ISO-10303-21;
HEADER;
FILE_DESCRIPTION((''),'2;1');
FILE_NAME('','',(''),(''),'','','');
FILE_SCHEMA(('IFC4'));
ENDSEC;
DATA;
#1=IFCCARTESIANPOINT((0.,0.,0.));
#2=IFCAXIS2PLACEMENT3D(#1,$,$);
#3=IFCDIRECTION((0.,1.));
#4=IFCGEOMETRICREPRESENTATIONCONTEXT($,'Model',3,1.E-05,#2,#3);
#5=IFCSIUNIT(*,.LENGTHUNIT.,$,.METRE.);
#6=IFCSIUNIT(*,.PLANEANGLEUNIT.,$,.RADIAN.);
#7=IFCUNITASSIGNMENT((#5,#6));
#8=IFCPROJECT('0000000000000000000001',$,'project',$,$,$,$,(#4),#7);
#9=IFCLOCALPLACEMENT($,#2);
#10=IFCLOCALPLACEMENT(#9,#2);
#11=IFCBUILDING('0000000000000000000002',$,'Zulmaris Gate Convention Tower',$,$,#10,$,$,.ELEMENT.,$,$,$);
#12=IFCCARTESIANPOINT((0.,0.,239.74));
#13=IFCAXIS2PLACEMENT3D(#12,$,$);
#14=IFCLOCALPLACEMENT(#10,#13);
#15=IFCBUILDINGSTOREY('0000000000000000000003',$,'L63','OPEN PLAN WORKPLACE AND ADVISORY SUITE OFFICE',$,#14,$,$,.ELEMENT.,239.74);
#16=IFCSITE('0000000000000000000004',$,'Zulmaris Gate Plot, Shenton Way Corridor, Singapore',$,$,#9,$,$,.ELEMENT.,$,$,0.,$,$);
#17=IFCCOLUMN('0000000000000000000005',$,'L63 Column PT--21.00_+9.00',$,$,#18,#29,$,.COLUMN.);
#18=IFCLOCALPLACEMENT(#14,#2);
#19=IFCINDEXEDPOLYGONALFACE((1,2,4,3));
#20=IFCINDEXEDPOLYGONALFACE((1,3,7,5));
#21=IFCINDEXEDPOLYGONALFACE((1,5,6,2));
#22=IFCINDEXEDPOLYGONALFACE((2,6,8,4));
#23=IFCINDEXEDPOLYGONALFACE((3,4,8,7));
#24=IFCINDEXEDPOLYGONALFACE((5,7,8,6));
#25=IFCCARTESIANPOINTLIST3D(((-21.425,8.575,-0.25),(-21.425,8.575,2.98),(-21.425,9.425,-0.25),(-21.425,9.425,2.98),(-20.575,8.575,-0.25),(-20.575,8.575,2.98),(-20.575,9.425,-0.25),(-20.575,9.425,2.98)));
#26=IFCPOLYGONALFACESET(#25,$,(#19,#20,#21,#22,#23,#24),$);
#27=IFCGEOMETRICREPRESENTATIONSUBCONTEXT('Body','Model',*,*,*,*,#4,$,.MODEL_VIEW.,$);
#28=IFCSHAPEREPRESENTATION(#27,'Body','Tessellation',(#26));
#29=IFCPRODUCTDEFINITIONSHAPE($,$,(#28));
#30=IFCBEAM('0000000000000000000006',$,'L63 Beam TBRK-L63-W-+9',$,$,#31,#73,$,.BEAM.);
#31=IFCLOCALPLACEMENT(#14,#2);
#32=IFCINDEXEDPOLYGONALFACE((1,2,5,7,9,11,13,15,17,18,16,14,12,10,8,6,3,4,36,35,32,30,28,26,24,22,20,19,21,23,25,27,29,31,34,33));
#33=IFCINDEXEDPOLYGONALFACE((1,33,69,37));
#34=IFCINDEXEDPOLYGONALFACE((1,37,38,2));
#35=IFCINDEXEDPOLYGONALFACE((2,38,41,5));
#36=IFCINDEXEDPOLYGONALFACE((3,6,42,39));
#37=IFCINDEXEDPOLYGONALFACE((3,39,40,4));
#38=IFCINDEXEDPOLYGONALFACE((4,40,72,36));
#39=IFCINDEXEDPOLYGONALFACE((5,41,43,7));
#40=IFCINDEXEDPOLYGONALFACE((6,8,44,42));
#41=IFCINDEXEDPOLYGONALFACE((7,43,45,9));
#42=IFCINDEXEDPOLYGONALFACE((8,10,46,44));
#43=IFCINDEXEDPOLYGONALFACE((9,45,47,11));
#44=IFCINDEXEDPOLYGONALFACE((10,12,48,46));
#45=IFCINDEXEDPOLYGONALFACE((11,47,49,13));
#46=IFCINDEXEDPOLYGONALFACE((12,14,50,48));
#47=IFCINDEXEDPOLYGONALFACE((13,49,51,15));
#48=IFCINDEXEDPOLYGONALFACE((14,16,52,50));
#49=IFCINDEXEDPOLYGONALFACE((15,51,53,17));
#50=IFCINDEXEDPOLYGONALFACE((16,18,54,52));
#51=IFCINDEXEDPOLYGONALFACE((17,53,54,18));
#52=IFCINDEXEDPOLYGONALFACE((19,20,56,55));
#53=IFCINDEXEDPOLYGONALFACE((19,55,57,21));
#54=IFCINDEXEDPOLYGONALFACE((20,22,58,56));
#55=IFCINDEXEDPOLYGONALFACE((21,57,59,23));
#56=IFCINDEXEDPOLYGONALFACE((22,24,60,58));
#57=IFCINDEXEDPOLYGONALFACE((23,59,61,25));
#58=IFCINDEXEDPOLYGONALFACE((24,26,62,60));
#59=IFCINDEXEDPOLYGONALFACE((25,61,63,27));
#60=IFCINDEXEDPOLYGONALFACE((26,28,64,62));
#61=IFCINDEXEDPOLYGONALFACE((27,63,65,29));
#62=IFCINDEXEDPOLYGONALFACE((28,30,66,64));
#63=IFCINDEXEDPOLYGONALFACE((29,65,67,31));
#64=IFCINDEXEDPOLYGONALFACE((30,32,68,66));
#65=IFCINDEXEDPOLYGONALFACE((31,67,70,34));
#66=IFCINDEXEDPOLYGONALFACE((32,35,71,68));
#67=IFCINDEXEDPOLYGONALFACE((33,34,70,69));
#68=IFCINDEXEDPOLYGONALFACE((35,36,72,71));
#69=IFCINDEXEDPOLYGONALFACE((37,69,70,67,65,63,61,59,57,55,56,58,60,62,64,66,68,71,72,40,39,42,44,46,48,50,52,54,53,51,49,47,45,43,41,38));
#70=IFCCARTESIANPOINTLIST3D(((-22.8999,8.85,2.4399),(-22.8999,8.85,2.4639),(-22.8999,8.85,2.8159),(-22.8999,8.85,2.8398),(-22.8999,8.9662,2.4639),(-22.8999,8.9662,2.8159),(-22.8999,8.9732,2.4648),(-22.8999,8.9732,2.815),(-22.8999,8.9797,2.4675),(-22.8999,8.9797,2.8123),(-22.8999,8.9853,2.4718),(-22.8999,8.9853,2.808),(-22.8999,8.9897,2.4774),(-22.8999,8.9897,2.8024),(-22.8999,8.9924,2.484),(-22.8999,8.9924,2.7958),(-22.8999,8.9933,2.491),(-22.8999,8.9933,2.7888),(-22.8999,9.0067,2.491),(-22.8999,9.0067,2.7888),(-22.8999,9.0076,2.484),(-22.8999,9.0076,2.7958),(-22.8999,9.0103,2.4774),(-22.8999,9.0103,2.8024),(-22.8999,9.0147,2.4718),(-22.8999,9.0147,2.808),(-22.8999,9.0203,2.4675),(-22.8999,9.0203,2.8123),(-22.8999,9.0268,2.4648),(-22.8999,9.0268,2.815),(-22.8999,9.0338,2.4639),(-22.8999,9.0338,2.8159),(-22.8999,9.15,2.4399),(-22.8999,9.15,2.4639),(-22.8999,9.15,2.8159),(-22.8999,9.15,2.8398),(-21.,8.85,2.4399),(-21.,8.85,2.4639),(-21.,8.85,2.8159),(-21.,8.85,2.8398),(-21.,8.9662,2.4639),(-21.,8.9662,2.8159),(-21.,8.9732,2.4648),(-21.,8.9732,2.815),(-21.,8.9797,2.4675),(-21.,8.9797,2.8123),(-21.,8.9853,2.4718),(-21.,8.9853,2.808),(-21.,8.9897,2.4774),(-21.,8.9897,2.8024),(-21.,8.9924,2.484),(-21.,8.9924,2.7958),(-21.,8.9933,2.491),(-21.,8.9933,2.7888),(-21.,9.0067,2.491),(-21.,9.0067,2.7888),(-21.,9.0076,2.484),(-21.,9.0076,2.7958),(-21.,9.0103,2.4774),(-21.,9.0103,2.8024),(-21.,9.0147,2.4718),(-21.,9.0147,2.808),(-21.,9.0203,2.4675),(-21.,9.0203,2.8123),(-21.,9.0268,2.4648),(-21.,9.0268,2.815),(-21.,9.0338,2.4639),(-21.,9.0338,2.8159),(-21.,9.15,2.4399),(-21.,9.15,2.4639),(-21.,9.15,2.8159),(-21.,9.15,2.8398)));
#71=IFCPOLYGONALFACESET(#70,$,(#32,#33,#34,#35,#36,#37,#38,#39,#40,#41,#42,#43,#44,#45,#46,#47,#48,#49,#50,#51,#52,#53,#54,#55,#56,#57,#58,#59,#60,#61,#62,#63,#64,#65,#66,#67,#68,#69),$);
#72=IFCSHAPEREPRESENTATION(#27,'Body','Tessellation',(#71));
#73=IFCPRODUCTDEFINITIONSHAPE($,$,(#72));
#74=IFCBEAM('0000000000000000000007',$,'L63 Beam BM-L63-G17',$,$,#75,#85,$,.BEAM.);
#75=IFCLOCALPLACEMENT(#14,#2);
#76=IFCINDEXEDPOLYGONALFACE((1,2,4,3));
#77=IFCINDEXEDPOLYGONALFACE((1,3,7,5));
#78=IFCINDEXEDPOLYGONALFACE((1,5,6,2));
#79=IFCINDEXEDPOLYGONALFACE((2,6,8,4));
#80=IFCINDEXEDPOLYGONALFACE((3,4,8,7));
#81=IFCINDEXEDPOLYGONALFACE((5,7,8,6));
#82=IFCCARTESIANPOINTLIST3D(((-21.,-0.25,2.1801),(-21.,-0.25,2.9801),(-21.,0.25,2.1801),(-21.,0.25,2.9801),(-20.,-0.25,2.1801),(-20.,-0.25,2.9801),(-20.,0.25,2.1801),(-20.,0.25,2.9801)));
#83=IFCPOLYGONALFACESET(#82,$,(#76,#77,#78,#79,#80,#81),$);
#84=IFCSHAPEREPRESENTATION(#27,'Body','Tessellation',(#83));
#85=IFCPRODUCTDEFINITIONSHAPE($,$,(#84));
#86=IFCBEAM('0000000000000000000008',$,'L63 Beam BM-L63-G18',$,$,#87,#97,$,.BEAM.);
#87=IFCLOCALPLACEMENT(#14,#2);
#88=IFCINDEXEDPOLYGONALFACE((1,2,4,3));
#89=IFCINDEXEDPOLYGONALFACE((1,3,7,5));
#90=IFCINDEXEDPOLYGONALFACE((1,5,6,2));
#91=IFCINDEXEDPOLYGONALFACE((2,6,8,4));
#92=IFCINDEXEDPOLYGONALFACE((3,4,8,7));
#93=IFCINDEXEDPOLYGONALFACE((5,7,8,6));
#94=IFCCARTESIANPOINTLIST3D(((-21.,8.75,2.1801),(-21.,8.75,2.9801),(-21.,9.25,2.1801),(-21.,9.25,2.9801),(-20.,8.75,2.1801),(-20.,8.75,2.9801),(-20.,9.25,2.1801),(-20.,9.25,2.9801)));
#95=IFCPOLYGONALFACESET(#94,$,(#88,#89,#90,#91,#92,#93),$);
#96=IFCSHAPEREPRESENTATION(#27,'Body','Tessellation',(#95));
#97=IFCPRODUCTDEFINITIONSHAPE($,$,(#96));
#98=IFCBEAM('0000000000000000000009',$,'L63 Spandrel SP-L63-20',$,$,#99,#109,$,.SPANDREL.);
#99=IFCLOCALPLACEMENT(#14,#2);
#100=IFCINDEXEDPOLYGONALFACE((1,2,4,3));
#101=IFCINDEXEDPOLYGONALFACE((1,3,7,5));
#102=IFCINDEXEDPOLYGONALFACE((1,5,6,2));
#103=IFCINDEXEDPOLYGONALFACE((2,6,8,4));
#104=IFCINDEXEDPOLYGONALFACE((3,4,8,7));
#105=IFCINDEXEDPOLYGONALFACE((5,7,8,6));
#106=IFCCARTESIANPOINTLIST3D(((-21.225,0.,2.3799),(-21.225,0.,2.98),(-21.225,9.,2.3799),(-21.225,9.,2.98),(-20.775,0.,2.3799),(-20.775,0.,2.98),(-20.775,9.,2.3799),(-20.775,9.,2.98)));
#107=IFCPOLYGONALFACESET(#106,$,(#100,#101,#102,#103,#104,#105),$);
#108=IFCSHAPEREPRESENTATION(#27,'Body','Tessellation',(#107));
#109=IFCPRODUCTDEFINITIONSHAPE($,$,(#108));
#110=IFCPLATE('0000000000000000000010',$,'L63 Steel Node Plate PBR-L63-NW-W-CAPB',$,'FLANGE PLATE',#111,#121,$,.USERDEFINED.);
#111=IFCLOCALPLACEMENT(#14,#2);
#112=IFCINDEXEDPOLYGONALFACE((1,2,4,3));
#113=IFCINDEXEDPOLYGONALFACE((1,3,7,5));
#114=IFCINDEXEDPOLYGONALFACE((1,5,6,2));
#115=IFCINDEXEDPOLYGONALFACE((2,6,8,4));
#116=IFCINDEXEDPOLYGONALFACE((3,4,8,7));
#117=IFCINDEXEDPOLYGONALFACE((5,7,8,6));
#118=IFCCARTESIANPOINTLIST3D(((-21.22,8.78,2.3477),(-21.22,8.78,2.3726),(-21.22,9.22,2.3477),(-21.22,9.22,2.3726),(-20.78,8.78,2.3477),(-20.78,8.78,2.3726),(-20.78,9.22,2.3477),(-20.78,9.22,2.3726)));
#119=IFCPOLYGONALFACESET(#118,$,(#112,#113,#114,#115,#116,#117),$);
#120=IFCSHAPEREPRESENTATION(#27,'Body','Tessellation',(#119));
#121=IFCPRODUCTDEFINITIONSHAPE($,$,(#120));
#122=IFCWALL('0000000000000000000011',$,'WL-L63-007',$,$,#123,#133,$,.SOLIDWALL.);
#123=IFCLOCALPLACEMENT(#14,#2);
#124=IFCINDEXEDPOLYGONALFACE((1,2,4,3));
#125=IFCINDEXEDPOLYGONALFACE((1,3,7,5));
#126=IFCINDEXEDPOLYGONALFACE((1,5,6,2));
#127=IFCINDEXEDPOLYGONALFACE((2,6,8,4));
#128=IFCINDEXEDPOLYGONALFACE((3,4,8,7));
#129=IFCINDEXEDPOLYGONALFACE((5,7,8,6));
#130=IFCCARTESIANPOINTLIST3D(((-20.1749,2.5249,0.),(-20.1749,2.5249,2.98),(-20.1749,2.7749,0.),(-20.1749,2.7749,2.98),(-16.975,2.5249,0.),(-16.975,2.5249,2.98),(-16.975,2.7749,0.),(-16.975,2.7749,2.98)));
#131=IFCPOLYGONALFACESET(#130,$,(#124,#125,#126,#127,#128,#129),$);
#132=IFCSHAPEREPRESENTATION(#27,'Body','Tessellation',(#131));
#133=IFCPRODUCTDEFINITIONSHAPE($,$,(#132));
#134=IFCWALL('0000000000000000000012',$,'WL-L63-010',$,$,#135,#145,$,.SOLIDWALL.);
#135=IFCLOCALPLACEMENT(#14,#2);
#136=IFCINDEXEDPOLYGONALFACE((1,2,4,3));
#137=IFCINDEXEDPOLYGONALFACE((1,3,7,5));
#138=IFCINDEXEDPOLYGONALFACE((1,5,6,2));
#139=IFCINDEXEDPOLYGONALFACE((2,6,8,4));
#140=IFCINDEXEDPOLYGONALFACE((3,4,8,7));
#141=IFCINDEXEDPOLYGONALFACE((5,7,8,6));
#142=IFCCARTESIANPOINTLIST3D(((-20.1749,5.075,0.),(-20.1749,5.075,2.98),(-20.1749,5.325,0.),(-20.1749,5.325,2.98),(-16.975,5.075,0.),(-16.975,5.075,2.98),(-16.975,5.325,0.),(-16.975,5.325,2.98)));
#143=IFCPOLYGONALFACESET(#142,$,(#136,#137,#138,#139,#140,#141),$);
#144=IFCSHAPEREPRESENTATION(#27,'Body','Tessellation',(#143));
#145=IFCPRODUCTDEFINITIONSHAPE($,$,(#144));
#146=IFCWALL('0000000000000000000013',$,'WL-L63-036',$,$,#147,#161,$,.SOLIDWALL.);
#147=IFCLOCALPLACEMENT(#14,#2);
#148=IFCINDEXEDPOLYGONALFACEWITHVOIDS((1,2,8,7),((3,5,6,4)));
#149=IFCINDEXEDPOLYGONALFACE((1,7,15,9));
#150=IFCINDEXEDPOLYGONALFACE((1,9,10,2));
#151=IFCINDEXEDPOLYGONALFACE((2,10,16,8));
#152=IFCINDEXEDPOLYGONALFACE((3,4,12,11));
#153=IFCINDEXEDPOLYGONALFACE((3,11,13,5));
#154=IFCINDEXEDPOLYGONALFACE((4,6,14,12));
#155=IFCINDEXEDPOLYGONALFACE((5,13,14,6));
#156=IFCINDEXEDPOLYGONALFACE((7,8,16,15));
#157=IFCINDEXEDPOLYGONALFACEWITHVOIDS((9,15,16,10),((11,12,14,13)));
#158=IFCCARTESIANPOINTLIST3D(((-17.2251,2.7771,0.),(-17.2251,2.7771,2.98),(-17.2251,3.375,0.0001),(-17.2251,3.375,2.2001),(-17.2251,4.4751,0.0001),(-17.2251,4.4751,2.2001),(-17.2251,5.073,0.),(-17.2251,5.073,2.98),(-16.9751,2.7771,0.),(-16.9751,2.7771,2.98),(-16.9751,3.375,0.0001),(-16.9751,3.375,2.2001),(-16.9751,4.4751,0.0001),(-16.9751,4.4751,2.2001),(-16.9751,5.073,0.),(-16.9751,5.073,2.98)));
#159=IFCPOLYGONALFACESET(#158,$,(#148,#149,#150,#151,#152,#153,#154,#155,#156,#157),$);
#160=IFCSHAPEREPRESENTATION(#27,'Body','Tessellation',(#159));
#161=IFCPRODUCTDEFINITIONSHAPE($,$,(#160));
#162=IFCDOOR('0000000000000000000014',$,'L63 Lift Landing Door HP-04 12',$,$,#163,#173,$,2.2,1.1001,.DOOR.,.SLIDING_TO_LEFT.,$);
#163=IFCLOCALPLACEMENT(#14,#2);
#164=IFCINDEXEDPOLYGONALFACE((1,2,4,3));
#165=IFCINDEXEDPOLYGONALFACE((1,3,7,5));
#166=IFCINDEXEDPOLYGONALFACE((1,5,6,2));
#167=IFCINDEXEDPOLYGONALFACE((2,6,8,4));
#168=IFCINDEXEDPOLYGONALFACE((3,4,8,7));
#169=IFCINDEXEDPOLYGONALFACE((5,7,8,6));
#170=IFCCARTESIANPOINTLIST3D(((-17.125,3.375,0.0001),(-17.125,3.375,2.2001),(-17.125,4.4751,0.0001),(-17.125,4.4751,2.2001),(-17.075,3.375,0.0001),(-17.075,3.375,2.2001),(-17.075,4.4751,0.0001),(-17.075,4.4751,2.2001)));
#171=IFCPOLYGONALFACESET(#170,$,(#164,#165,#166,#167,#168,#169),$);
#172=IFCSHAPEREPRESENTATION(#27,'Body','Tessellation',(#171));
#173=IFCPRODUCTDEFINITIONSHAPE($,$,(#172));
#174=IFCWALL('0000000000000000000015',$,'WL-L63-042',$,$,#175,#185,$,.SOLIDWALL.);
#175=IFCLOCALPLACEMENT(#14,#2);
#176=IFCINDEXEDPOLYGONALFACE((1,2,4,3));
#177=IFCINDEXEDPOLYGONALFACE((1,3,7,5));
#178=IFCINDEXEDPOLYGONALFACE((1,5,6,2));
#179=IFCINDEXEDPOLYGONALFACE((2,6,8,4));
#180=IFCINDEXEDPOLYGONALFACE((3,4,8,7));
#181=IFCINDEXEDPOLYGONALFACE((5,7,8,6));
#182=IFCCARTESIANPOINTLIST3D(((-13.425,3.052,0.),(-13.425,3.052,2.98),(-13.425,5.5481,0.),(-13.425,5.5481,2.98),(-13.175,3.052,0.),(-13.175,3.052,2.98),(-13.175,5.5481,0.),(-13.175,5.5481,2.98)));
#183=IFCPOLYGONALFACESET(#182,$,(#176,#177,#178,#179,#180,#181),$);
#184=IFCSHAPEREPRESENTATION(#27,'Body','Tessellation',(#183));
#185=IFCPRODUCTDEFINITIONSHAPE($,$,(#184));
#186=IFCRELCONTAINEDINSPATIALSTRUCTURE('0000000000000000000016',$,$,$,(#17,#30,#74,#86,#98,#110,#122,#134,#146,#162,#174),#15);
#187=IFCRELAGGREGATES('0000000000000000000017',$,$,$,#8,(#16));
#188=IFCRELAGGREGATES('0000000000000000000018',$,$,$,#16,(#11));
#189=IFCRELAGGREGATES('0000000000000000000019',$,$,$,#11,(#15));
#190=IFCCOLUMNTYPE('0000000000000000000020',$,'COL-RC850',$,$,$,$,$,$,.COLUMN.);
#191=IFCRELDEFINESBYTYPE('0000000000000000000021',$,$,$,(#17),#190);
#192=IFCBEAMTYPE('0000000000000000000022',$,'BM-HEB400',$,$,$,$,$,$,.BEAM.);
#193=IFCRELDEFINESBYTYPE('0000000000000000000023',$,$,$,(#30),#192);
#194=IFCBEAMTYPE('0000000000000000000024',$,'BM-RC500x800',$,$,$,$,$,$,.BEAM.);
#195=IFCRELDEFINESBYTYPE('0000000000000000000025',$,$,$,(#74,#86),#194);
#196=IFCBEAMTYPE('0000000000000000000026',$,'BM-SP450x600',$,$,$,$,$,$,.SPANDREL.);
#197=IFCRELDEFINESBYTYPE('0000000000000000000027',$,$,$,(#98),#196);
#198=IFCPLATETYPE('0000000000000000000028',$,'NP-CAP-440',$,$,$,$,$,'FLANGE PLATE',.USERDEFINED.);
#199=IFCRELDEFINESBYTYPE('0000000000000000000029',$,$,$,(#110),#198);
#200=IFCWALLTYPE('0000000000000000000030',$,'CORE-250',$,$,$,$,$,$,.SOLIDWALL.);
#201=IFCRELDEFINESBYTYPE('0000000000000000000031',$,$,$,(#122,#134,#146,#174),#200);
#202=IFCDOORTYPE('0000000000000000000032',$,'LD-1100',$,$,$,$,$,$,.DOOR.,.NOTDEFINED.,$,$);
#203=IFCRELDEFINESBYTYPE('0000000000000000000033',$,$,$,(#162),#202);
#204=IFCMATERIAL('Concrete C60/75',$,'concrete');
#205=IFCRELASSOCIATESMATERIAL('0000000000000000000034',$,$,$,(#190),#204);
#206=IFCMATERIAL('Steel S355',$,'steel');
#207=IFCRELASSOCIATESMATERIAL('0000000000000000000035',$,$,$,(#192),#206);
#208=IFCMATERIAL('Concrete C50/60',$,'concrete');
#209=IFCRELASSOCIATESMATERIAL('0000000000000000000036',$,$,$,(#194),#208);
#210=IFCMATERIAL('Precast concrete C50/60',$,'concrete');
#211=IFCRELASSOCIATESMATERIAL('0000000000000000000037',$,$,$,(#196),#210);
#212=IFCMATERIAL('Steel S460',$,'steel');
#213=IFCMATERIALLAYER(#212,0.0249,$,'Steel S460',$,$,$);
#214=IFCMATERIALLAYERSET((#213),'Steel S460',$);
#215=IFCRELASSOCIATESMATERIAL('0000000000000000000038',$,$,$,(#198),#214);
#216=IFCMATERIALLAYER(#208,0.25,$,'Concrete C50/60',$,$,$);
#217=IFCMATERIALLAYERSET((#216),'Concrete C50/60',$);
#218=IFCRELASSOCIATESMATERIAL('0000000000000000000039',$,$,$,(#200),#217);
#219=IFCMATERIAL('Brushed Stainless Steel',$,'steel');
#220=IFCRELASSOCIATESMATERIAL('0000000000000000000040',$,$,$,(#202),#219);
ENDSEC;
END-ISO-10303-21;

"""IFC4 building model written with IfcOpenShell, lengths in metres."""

from ifc_helpers import new_model, si_unit, direction, frame, frame_2d, origin, origin_2d, place, context, subcontext, project, spatial, rectangle, i_section, extrude, material, layer, layer_set, material_profile, profile_set, type_object, element, fill, save


model = new_model("IFC4")

# Units and contexts
model_context = context("Model", 3, precision=1e-05, world=origin(), true_north=direction((0.0, 1.0)))
body_context = subcontext(model_context, "Body", "Model", "MODEL_VIEW")
ifc_project = project(units=[si_unit("LENGTHUNIT", "METRE"), si_unit("PLANEANGLEUNIT", "RADIAN")], contexts=[model_context])

# Site, building, storey
site_placement = place(None, origin())
site = spatial("IfcSite", under=ifc_project, at=site_placement, Name="Zulmaris Gate Plot, Shenton Way Corridor, Singapore", CompositionType="ELEMENT", RefElevation=0.0)
building_placement = place(site_placement, origin())
building = spatial("IfcBuilding", under=site, at=building_placement, Name="Zulmaris Gate Convention Tower", CompositionType="ELEMENT")
storey_placement = place(building_placement, frame((0.0, 0.0, 239.74)))
storey = spatial("IfcBuildingStorey", under=building, at=storey_placement, Name="L63", Description="OPEN PLAN WORKPLACE AND ADVISORY SUITE OFFICE", CompositionType="ELEMENT", Elevation=239.74)

# Column
ifc_material_1 = material(Name="Concrete C60/75", Category="concrete")
ifc_material_profile_1 = material_profile(ifc_material_1, rectangle(XDim=0.8501, YDim=0.8501, at=origin_2d()), Name="RC COL 850x850")
ifc_profile_set_1 = profile_set([ifc_material_profile_1], Name="Concrete C60/75")
column_type = type_object("IfcColumnType", Name="COL-RC850", PredefinedType="COLUMN", material=ifc_profile_set_1)
column_placement = place(storey_placement, frame((-21.0, 9.0, -0.25), z_axis=(0.0, 0.0, 1.0), x_axis=(1.0, 0.0, 0.0)))
element("IfcColumn", 1, at=column_placement, inside=storey, type_object=column_type, Name="L63 Column PT--21.00_+9.00", PredefinedType="COLUMN", context=body_context, shape_type="SweptSolid", body=[
    extrude(rectangle(XDim=0.8501, YDim=0.8501, at=origin_2d()), origin(), (0.0, 0.0, 1.0), 3.23),
])

# Beams
ifc_material_2 = material(Name="Steel S355", Category="steel")
ifc_material_profile_2 = material_profile(ifc_material_2, i_section(OverallWidth=0.3, OverallDepth=0.3999, WebThickness=0.0134, FlangeThickness=0.0239, FilletRadius=0.0271, at=origin_2d()), Name="HEB 400")
ifc_profile_set_2 = profile_set([ifc_material_profile_2], Name="Steel S355")
beam_type_1 = type_object("IfcBeamType", Name="BM-HEB400", PredefinedType="BEAM", material=ifc_profile_set_2)
beam_1_placement = place(storey_placement, frame((-22.8999, 9.0, 2.6399), z_axis=(1.0, 0.0, 0.0), x_axis=(0.0, 1.0, 0.0)))
element("IfcBeam", 2, at=beam_1_placement, inside=storey, type_object=beam_type_1, Name="L63 Beam TBRK-L63-W-+9", PredefinedType="BEAM", context=body_context, shape_type="SweptSolid", body=[
    extrude(i_section(OverallWidth=0.3, OverallDepth=0.3999, WebThickness=0.0134, FlangeThickness=0.0239, FilletRadius=0.0271, at=origin_2d()), origin(), (0.0, 0.0, 1.0), 1.8999),
])
ifc_material_3 = material(Name="Concrete C50/60", Category="concrete")
ifc_material_profile_3 = material_profile(ifc_material_3, rectangle(XDim=0.5, YDim=0.8, at=origin_2d()), Name="RC BEAM 500x800")
ifc_profile_set_3 = profile_set([ifc_material_profile_3], Name="Concrete C50/60")
beam_type_2 = type_object("IfcBeamType", Name="BM-RC500x800", PredefinedType="BEAM", material=ifc_profile_set_3)
for number, where, z_axis, x_axis, name in (
    (3, (-21.0, 0.0, 2.5801), (1.0, 0.0, 0.0), (0.0, 1.0, 0.0), "L63 Beam BM-L63-G17"),
    (4, (-21.0, 9.0, 2.5801), (1.0, 0.0, 0.0), (0.0, 1.0, 0.0), "L63 Beam BM-L63-G18"),
):
    element("IfcBeam", number, at=place(storey_placement, frame(where, z_axis=z_axis, x_axis=x_axis)), inside=storey, type_object=beam_type_2, Name=name, PredefinedType="BEAM", context=body_context, shape_type="SweptSolid", body=[
        extrude(rectangle(XDim=0.5, YDim=0.8, at=origin_2d()), origin(), (0.0, 0.0, 1.0), 1.0),
    ])
ifc_material_4 = material(Name="Precast concrete C50/60", Category="concrete")
ifc_material_profile_4 = material_profile(ifc_material_4, rectangle(XDim=0.45, YDim=0.6001, at=origin_2d()), Name="RC SPANDREL 450x600")
ifc_profile_set_4 = profile_set([ifc_material_profile_4], Name="Precast concrete C50/60")
beam_type_3 = type_object("IfcBeamType", Name="BM-SP450x600", PredefinedType="SPANDREL", material=ifc_profile_set_4)
beam_2_placement = place(storey_placement, frame((-21.0, 9.0, 2.6799), z_axis=(0.0, -1.0, 0.0), x_axis=(1.0, 0.0, 0.0)))
element("IfcBeam", 5, at=beam_2_placement, inside=storey, type_object=beam_type_3, Name="L63 Spandrel SP-L63-20", PredefinedType="SPANDREL", context=body_context, shape_type="SweptSolid", body=[
    extrude(rectangle(XDim=0.45, YDim=0.6001, at=origin_2d()), origin(), (0.0, 0.0, 1.0), 9.0),
])

# Plate
ifc_material_5 = material(Name="Steel S460", Category="steel")
ifc_layer_1 = layer(ifc_material_5, 0.0249, Name="Steel S460")
ifc_layer_set_1 = layer_set([ifc_layer_1], Name="Steel S460")
plate_type = type_object("IfcPlateType", Name="NP-CAP-440", ElementType="FLANGE PLATE", PredefinedType="USERDEFINED", material=ifc_layer_set_1)
plate_placement = place(storey_placement, frame((-21.0, 9.0, 2.3477), z_axis=(0.0, 0.0, 1.0), x_axis=(1.0, 0.0, 0.0)))
element("IfcPlate", 6, at=plate_placement, inside=storey, type_object=plate_type, Name="L63 Steel Node Plate PBR-L63-NW-W-CAPB", ObjectType="FLANGE PLATE", PredefinedType="USERDEFINED", context=body_context, shape_type="SweptSolid", body=[
    extrude(rectangle(XDim=0.4399, YDim=0.4399, at=origin_2d()), origin(), (0.0, 0.0, 1.0), 0.0249),
])

# Walls
ifc_layer_2 = layer(ifc_material_3, 0.25, Name="Concrete C50/60")
ifc_layer_set_2 = layer_set([ifc_layer_2], Name="Concrete C50/60")
wall_type_1 = type_object("IfcWallType", Name="CORE-250", PredefinedType="SOLIDWALL", material=ifc_layer_set_2)
for number, where, z_axis, x_axis, name in (
    (7, (-20.175, 2.6499, 0.0), (0.0, 0.0, 1.0), (1.0, 0.0, 0.0), "WL-L63-007"),
    (8, (-20.175, 5.2, 0.0), (0.0, 0.0, 1.0), (1.0, 0.0, 0.0), "WL-L63-010"),
):
    element("IfcWall", number, at=place(storey_placement, frame(where, z_axis=z_axis, x_axis=x_axis)), inside=storey, type_object=wall_type_1, Name=name, PredefinedType="SOLIDWALL", context=body_context, shape_type="SweptSolid", body=[
        extrude(rectangle(XDim=3.2, YDim=0.25, at=frame_2d((1.6001, 0.0))), origin(), (0.0, 0.0, 1.0), 2.98),
    ])

# Wall, opening, door
wall_1_placement = place(storey_placement, frame((-17.1001, 2.7771, 0.0), z_axis=(0.0, 0.0, 1.0), x_axis=(0.0, 1.0, 0.0)))
wall_1 = element("IfcWall", 9, at=wall_1_placement, inside=storey, type_object=wall_type_1, Name="WL-L63-036", PredefinedType="SOLIDWALL", context=body_context, shape_type="SweptSolid", body=[
    extrude(rectangle(XDim=2.2959, YDim=0.25, at=frame_2d((1.1479, 0.0))), origin(), (0.0, 0.0, 1.0), 2.98),
])
opening_1_placement = place(wall_1_placement, frame((0.5979, 0.0, 0.0)))
opening_1 = element("IfcOpeningElement", 10, at=opening_1_placement, cuts=wall_1, PredefinedType="OPENING", context=body_context, shape_type="SweptSolid", body=[
    extrude(rectangle(XDim=1.1001, YDim=2.2, at=frame_2d((0.55, 1.1001))), frame((0.0, 0.135, 0.0), z_axis=(0.0, -1.0, 0.0), x_axis=(1.0, 0.0, 0.0)), (0.0, 0.0, 1.0), 0.27),
])
ifc_material_6 = material(Name="Brushed Stainless Steel", Category="steel")
door_type_1 = type_object("IfcDoorType", Name="LD-1100", OperationType="NOTDEFINED", PredefinedType="DOOR", material=ifc_material_6)
door_1_placement = place(opening_1_placement, origin())
door_1 = element("IfcDoor", 11, at=door_1_placement, inside=storey, type_object=door_type_1, Name="L63 Lift Landing Door HP-04 12", OperationType="SLIDING_TO_LEFT", OverallHeight=2.2, OverallWidth=1.1001, PredefinedType="DOOR", context=body_context, shape_type="SweptSolid", body=[
    extrude(rectangle(XDim=1.1001, YDim=2.2, at=frame_2d((0.55, 1.1001))), frame((0.0, 0.0249, 0.0), z_axis=(0.0, -1.0, 0.0), x_axis=(1.0, 0.0, 0.0)), (0.0, 0.0, 1.0), 0.05),
])
fill(opening_1, door_1)

# Wall
wall_2_placement = place(storey_placement, frame((-13.3, 3.052, 0.0), z_axis=(0.0, 0.0, 1.0), x_axis=(0.0, 1.0, 0.0)))
element("IfcWall", 12, at=wall_2_placement, inside=storey, type_object=wall_type_1, Name="WL-L63-042", PredefinedType="SOLIDWALL", context=body_context, shape_type="SweptSolid", body=[
    extrude(rectangle(XDim=2.4961, YDim=0.25, at=frame_2d((1.248, 0.0))), origin(), (0.0, 0.0, 1.0), 2.98),
])

save(model, "model.ifc")
